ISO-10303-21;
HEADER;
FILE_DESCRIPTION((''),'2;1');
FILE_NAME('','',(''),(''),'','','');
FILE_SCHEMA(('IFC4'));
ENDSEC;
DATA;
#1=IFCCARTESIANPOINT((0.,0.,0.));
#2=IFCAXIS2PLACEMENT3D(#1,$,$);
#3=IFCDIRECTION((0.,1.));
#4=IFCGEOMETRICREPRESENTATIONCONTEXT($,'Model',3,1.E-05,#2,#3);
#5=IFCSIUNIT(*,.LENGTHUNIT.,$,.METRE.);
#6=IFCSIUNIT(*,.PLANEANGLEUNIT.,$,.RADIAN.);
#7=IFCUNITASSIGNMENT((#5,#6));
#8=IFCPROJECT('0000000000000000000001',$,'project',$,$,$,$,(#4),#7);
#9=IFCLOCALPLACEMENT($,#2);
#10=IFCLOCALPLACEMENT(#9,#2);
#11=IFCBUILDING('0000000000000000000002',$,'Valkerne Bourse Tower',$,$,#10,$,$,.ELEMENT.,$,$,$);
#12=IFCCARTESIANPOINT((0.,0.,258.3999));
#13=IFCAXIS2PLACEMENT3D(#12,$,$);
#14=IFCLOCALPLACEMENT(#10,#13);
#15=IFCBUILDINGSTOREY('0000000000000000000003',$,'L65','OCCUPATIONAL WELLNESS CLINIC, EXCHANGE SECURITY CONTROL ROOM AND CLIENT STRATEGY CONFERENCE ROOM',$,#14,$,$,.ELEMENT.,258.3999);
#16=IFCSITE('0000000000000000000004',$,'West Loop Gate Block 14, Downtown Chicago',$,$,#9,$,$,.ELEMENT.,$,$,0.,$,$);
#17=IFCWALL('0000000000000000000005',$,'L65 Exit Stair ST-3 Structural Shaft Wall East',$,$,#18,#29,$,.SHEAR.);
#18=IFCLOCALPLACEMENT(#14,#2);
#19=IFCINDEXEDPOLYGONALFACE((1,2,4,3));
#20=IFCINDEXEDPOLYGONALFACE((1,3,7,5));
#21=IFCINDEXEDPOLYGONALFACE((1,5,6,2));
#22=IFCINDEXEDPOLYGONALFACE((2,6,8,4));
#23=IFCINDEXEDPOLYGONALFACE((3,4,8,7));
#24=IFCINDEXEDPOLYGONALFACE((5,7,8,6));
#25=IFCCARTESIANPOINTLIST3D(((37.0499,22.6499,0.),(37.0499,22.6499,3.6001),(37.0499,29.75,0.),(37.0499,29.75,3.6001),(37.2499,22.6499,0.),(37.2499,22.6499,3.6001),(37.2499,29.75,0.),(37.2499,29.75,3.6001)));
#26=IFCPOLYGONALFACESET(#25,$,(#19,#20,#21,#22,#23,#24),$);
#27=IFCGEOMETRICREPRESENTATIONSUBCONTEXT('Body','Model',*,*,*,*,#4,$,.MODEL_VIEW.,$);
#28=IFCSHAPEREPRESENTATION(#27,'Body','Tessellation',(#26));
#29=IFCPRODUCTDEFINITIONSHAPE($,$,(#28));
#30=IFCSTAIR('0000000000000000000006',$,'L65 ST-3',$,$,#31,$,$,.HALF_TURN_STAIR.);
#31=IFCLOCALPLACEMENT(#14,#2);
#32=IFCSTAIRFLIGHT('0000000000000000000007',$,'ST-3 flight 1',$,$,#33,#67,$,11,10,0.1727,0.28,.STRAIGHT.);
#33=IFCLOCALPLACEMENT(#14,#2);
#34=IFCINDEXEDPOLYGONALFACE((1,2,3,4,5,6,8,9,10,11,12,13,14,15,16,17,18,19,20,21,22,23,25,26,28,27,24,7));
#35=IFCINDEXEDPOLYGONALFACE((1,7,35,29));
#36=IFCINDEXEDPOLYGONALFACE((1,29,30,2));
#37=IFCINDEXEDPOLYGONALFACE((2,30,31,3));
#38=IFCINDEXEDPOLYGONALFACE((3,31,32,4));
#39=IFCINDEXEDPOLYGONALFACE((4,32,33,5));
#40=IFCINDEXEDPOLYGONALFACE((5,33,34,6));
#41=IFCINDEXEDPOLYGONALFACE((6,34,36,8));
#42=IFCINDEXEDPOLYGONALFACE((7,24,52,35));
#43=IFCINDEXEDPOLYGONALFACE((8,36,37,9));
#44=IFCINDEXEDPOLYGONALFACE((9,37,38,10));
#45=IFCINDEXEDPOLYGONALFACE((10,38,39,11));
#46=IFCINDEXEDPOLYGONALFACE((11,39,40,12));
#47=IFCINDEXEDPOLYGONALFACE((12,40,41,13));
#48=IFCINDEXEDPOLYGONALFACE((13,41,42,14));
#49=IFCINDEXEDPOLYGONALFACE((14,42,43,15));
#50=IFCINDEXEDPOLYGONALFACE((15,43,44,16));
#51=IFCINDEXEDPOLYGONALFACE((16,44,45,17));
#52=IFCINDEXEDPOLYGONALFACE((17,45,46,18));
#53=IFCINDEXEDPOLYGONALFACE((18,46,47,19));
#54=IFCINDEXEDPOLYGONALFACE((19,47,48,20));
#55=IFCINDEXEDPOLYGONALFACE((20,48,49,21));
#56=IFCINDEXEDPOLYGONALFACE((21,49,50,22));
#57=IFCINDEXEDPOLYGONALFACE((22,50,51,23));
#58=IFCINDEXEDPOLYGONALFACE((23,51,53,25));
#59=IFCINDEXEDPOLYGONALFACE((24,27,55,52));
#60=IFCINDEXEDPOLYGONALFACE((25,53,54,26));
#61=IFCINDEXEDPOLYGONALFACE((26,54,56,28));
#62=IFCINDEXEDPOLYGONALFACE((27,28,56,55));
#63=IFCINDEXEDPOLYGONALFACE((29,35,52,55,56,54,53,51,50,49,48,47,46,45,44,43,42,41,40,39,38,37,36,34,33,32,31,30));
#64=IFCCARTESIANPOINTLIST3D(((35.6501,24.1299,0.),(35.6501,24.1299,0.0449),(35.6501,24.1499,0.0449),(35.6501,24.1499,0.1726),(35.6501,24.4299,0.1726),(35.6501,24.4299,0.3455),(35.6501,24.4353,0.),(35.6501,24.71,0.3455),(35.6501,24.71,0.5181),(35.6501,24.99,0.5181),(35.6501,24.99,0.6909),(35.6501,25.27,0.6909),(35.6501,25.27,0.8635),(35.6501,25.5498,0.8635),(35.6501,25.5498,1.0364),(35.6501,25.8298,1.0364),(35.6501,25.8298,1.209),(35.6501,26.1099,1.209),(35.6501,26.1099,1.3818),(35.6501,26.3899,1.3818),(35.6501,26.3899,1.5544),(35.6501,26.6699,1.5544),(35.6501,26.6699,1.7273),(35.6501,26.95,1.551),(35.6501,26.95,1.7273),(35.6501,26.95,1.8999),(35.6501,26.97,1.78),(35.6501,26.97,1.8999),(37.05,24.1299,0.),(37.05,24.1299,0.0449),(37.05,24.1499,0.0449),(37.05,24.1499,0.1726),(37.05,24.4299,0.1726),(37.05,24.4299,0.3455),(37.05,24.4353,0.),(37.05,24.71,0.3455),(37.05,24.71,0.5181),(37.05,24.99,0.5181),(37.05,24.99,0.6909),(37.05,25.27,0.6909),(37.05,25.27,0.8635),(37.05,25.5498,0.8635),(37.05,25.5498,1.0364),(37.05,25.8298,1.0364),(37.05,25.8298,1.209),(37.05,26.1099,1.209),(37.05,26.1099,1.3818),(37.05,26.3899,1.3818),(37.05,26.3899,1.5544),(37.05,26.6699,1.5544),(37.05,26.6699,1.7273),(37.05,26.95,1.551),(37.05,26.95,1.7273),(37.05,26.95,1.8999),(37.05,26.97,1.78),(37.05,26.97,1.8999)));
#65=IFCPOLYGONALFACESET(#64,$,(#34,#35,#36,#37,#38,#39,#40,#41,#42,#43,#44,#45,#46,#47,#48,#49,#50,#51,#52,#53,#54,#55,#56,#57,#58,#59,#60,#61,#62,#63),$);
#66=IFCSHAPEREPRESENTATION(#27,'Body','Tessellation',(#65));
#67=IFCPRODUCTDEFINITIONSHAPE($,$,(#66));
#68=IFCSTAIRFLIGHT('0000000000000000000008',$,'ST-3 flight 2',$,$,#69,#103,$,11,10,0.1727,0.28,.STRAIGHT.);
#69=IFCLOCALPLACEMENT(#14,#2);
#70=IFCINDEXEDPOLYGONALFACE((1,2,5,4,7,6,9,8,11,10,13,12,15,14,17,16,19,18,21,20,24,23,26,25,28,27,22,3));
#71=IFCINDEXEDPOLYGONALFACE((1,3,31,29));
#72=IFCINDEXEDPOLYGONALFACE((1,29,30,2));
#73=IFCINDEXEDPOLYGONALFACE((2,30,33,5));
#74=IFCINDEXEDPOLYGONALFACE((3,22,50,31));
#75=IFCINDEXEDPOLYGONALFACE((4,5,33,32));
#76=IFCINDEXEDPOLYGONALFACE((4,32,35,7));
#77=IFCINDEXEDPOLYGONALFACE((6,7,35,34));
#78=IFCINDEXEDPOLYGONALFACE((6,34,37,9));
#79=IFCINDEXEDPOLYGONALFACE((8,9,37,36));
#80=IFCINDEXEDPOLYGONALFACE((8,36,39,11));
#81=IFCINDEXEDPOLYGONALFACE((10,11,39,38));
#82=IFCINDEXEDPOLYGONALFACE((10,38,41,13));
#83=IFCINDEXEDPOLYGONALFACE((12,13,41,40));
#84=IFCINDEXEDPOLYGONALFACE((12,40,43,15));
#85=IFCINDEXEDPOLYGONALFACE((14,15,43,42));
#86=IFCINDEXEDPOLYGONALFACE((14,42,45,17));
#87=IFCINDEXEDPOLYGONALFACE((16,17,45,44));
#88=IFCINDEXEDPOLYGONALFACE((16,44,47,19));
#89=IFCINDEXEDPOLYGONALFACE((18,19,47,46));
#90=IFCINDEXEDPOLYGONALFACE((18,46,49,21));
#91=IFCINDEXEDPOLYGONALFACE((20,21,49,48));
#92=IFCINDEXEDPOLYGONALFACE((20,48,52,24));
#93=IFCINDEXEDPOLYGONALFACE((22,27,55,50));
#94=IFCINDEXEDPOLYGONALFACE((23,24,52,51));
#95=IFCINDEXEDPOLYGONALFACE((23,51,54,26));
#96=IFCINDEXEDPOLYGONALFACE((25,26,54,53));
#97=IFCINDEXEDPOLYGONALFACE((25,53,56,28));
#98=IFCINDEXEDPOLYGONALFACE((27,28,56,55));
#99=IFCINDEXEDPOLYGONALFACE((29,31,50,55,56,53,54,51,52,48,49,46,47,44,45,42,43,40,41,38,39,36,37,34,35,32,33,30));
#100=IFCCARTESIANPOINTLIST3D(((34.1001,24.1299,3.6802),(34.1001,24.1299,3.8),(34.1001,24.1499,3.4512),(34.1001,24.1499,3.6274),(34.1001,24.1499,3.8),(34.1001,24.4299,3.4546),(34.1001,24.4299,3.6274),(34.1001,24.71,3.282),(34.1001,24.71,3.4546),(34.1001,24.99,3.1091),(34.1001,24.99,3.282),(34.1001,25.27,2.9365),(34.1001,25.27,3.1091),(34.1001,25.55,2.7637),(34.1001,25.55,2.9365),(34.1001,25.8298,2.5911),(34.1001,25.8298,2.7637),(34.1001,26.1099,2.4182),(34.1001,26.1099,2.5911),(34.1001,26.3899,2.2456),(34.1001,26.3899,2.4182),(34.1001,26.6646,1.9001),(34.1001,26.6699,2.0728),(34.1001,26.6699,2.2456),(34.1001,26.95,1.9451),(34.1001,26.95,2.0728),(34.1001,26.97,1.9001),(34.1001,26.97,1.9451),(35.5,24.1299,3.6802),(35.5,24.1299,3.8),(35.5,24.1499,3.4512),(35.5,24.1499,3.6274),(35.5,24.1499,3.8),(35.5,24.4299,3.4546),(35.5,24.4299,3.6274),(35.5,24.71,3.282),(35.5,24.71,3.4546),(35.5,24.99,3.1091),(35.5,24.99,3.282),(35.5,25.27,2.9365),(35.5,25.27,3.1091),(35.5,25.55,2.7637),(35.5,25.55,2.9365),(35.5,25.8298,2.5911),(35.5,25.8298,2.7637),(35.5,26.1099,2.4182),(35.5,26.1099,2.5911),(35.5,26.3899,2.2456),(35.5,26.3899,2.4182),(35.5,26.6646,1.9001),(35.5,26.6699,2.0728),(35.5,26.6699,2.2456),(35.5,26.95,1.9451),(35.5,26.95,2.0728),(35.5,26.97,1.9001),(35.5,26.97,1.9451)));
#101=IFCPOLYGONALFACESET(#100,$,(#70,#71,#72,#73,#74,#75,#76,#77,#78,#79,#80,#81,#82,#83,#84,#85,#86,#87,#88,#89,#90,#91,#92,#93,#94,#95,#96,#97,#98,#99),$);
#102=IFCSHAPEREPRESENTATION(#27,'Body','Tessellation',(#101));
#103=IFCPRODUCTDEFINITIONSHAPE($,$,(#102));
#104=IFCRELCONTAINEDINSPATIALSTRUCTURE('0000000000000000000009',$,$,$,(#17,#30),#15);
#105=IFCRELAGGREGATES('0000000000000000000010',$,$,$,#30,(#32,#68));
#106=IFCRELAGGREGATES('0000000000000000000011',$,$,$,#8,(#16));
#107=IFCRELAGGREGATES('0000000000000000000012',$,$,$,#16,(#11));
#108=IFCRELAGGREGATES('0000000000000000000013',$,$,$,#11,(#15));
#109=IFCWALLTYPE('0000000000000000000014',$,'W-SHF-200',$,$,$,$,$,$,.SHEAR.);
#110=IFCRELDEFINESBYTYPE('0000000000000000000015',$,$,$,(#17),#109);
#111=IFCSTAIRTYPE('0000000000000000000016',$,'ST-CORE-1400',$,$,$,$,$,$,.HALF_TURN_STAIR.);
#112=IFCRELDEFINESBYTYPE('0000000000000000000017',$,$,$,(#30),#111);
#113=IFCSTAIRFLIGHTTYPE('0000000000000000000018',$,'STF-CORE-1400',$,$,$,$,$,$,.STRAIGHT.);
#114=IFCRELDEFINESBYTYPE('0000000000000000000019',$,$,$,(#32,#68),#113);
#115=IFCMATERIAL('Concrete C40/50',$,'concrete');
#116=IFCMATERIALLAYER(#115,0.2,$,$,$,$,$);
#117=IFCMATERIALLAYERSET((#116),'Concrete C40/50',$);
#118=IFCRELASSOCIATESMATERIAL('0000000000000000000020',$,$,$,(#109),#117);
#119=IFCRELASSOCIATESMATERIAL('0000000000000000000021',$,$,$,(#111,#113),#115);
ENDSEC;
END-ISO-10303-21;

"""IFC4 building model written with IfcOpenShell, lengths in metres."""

from ifc_helpers import new_model, si_unit, direction, frame, frame_2d, origin, place, context, subcontext, project, spatial, polyline, rectangle, outline, extrude, material, layer, layer_set, type_object, element, aggregate, save


model = new_model("IFC4")

# Units and contexts
model_context = context("Model", 3, precision=1e-05, world=origin(), true_north=direction((0.0, 1.0)))
body_context = subcontext(model_context, "Body", "Model", "MODEL_VIEW")
ifc_project = project(units=[si_unit("LENGTHUNIT", "METRE"), si_unit("PLANEANGLEUNIT", "RADIAN")], contexts=[model_context])

# Site, building, storey
site_placement = place(None, origin())
site = spatial("IfcSite", under=ifc_project, at=site_placement, Name="West Loop Gate Block 14, Downtown Chicago", CompositionType="ELEMENT", RefElevation=0.0)
building_placement = place(site_placement, origin())
building = spatial("IfcBuilding", under=site, at=building_placement, Name="Valkerne Bourse Tower", CompositionType="ELEMENT")
storey_placement = place(building_placement, frame((0.0, 0.0, 258.3999)))
storey = spatial("IfcBuildingStorey", under=building, at=storey_placement, Name="L65", Description="OCCUPATIONAL WELLNESS CLINIC, EXCHANGE SECURITY CONTROL ROOM AND CLIENT STRATEGY CONFERENCE ROOM", CompositionType="ELEMENT", Elevation=258.3999)

# Wall
ifc_material_1 = material(Name="Concrete C40/50", Category="concrete")
ifc_layer_1 = layer(ifc_material_1, 0.2)
ifc_layer_set_1 = layer_set([ifc_layer_1], Name="Concrete C40/50")
wall_type_1 = type_object("IfcWallType", Name="W-SHF-200", PredefinedType="SHEAR", material=ifc_layer_set_1)
wall_1_placement = place(storey_placement, frame((37.1499, 22.6499, 0.0), z_axis=(0.0, 0.0, 1.0), x_axis=(0.0, 1.0, 0.0)))
element("IfcWall", 1, at=wall_1_placement, inside=storey, type_object=wall_type_1, Name="L65 Exit Stair ST-3 Structural Shaft Wall East", PredefinedType="SHEAR", context=body_context, shape_type="SweptSolid", body=[
    extrude(rectangle(XDim=7.1001, YDim=0.2, at=frame_2d((3.55, 0.0))), origin(), (0.0, 0.0, 1.0), 3.6001),
])

# Stair, stair flights
stair_type = type_object("IfcStairType", Name="ST-CORE-1400", PredefinedType="HALF_TURN_STAIR", material=ifc_material_1)
stair_placement = place(storey_placement, origin())
stair = element("IfcStair", 2, at=stair_placement, inside=storey, type_object=stair_type, Name="L65 ST-3", PredefinedType="HALF_TURN_STAIR")
stair_flight_type = type_object("IfcStairFlightType", Name="STF-CORE-1400", PredefinedType="STRAIGHT", material=ifc_material_1)
stair_flight_1_placement = place(storey_placement, frame((36.3501, 24.1499, 0.0), z_axis=(0.0, 0.0, 1.0), x_axis=(0.0, 1.0, 0.0)))
stair_flight_1 = element("IfcStairFlight", 3, at=stair_flight_1_placement, type_object=stair_flight_type, Name="ST-3 flight 1", NumberOfRisers=11, NumberOfTreads=10, PredefinedType="STRAIGHT", RiserHeight=0.1727, TreadLength=0.28, context=body_context, shape_type="SweptSolid", body=[
    extrude(outline(polyline([(-0.02, 0.0), (-0.02, 0.0449), (0.0, 0.0449), (0.0, 0.1726), (0.28, 0.1726), (0.28, 0.3455), (0.5601, 0.3455), (0.5601, 0.5181), (0.8401, 0.5181), (0.8401, 0.6909), (1.1201, 0.6909), (1.1201, 0.8635), (1.3999, 0.8635), (1.3999, 1.0364), (1.6799, 1.0364), (1.6799, 1.209), (1.96, 1.209), (1.96, 1.3818), (2.24, 1.3818), (2.24, 1.5544), (2.52, 1.5544), (2.52, 1.7273), (2.8, 1.7273), (2.8, 1.8999), (2.8201, 1.8999), (2.8201, 1.78), (2.8, 1.551), (0.2854, 0.0), (-0.02, 0.0)])), frame((0.0, 0.7, 0.0), z_axis=(0.0, -1.0, 0.0), x_axis=(1.0, 0.0, 0.0)), (0.0, 0.0, 1.0), 1.3999),
])
stair_flight_2_placement = place(storey_placement, frame((34.8, 26.95, 1.9001), z_axis=(0.0, 0.0, 1.0), x_axis=(0.0, -1.0, 0.0)))
stair_flight_2 = element("IfcStairFlight", 4, at=stair_flight_2_placement, type_object=stair_flight_type, Name="ST-3 flight 2", NumberOfRisers=11, NumberOfTreads=10, PredefinedType="STRAIGHT", RiserHeight=0.1727, TreadLength=0.28, context=body_context, shape_type="SweptSolid", body=[
    extrude(outline(polyline([(-0.02, 0.0), (-0.02, 0.0449), (0.0, 0.0449), (0.0, 0.1726), (0.28, 0.1726), (0.28, 0.3455), (0.5601, 0.3455), (0.5601, 0.5181), (0.8401, 0.5181), (0.8401, 0.6909), (1.1201, 0.6909), (1.1201, 0.8635), (1.3999, 0.8635), (1.3999, 1.0364), (1.6799, 1.0364), (1.6799, 1.209), (1.96, 1.209), (1.96, 1.3818), (2.24, 1.3818), (2.24, 1.5544), (2.52, 1.5544), (2.52, 1.7273), (2.8, 1.7273), (2.8, 1.8999), (2.8201, 1.8999), (2.8201, 1.78), (2.8, 1.551), (0.2854, 0.0), (-0.02, 0.0)])), frame((0.0, 0.7, 0.0), z_axis=(0.0, -1.0, 0.0), x_axis=(1.0, 0.0, 0.0)), (0.0, 0.0, 1.0), 1.3999),
])
aggregate(stair, [stair_flight_1, stair_flight_2])

save(model, "model.ifc")
